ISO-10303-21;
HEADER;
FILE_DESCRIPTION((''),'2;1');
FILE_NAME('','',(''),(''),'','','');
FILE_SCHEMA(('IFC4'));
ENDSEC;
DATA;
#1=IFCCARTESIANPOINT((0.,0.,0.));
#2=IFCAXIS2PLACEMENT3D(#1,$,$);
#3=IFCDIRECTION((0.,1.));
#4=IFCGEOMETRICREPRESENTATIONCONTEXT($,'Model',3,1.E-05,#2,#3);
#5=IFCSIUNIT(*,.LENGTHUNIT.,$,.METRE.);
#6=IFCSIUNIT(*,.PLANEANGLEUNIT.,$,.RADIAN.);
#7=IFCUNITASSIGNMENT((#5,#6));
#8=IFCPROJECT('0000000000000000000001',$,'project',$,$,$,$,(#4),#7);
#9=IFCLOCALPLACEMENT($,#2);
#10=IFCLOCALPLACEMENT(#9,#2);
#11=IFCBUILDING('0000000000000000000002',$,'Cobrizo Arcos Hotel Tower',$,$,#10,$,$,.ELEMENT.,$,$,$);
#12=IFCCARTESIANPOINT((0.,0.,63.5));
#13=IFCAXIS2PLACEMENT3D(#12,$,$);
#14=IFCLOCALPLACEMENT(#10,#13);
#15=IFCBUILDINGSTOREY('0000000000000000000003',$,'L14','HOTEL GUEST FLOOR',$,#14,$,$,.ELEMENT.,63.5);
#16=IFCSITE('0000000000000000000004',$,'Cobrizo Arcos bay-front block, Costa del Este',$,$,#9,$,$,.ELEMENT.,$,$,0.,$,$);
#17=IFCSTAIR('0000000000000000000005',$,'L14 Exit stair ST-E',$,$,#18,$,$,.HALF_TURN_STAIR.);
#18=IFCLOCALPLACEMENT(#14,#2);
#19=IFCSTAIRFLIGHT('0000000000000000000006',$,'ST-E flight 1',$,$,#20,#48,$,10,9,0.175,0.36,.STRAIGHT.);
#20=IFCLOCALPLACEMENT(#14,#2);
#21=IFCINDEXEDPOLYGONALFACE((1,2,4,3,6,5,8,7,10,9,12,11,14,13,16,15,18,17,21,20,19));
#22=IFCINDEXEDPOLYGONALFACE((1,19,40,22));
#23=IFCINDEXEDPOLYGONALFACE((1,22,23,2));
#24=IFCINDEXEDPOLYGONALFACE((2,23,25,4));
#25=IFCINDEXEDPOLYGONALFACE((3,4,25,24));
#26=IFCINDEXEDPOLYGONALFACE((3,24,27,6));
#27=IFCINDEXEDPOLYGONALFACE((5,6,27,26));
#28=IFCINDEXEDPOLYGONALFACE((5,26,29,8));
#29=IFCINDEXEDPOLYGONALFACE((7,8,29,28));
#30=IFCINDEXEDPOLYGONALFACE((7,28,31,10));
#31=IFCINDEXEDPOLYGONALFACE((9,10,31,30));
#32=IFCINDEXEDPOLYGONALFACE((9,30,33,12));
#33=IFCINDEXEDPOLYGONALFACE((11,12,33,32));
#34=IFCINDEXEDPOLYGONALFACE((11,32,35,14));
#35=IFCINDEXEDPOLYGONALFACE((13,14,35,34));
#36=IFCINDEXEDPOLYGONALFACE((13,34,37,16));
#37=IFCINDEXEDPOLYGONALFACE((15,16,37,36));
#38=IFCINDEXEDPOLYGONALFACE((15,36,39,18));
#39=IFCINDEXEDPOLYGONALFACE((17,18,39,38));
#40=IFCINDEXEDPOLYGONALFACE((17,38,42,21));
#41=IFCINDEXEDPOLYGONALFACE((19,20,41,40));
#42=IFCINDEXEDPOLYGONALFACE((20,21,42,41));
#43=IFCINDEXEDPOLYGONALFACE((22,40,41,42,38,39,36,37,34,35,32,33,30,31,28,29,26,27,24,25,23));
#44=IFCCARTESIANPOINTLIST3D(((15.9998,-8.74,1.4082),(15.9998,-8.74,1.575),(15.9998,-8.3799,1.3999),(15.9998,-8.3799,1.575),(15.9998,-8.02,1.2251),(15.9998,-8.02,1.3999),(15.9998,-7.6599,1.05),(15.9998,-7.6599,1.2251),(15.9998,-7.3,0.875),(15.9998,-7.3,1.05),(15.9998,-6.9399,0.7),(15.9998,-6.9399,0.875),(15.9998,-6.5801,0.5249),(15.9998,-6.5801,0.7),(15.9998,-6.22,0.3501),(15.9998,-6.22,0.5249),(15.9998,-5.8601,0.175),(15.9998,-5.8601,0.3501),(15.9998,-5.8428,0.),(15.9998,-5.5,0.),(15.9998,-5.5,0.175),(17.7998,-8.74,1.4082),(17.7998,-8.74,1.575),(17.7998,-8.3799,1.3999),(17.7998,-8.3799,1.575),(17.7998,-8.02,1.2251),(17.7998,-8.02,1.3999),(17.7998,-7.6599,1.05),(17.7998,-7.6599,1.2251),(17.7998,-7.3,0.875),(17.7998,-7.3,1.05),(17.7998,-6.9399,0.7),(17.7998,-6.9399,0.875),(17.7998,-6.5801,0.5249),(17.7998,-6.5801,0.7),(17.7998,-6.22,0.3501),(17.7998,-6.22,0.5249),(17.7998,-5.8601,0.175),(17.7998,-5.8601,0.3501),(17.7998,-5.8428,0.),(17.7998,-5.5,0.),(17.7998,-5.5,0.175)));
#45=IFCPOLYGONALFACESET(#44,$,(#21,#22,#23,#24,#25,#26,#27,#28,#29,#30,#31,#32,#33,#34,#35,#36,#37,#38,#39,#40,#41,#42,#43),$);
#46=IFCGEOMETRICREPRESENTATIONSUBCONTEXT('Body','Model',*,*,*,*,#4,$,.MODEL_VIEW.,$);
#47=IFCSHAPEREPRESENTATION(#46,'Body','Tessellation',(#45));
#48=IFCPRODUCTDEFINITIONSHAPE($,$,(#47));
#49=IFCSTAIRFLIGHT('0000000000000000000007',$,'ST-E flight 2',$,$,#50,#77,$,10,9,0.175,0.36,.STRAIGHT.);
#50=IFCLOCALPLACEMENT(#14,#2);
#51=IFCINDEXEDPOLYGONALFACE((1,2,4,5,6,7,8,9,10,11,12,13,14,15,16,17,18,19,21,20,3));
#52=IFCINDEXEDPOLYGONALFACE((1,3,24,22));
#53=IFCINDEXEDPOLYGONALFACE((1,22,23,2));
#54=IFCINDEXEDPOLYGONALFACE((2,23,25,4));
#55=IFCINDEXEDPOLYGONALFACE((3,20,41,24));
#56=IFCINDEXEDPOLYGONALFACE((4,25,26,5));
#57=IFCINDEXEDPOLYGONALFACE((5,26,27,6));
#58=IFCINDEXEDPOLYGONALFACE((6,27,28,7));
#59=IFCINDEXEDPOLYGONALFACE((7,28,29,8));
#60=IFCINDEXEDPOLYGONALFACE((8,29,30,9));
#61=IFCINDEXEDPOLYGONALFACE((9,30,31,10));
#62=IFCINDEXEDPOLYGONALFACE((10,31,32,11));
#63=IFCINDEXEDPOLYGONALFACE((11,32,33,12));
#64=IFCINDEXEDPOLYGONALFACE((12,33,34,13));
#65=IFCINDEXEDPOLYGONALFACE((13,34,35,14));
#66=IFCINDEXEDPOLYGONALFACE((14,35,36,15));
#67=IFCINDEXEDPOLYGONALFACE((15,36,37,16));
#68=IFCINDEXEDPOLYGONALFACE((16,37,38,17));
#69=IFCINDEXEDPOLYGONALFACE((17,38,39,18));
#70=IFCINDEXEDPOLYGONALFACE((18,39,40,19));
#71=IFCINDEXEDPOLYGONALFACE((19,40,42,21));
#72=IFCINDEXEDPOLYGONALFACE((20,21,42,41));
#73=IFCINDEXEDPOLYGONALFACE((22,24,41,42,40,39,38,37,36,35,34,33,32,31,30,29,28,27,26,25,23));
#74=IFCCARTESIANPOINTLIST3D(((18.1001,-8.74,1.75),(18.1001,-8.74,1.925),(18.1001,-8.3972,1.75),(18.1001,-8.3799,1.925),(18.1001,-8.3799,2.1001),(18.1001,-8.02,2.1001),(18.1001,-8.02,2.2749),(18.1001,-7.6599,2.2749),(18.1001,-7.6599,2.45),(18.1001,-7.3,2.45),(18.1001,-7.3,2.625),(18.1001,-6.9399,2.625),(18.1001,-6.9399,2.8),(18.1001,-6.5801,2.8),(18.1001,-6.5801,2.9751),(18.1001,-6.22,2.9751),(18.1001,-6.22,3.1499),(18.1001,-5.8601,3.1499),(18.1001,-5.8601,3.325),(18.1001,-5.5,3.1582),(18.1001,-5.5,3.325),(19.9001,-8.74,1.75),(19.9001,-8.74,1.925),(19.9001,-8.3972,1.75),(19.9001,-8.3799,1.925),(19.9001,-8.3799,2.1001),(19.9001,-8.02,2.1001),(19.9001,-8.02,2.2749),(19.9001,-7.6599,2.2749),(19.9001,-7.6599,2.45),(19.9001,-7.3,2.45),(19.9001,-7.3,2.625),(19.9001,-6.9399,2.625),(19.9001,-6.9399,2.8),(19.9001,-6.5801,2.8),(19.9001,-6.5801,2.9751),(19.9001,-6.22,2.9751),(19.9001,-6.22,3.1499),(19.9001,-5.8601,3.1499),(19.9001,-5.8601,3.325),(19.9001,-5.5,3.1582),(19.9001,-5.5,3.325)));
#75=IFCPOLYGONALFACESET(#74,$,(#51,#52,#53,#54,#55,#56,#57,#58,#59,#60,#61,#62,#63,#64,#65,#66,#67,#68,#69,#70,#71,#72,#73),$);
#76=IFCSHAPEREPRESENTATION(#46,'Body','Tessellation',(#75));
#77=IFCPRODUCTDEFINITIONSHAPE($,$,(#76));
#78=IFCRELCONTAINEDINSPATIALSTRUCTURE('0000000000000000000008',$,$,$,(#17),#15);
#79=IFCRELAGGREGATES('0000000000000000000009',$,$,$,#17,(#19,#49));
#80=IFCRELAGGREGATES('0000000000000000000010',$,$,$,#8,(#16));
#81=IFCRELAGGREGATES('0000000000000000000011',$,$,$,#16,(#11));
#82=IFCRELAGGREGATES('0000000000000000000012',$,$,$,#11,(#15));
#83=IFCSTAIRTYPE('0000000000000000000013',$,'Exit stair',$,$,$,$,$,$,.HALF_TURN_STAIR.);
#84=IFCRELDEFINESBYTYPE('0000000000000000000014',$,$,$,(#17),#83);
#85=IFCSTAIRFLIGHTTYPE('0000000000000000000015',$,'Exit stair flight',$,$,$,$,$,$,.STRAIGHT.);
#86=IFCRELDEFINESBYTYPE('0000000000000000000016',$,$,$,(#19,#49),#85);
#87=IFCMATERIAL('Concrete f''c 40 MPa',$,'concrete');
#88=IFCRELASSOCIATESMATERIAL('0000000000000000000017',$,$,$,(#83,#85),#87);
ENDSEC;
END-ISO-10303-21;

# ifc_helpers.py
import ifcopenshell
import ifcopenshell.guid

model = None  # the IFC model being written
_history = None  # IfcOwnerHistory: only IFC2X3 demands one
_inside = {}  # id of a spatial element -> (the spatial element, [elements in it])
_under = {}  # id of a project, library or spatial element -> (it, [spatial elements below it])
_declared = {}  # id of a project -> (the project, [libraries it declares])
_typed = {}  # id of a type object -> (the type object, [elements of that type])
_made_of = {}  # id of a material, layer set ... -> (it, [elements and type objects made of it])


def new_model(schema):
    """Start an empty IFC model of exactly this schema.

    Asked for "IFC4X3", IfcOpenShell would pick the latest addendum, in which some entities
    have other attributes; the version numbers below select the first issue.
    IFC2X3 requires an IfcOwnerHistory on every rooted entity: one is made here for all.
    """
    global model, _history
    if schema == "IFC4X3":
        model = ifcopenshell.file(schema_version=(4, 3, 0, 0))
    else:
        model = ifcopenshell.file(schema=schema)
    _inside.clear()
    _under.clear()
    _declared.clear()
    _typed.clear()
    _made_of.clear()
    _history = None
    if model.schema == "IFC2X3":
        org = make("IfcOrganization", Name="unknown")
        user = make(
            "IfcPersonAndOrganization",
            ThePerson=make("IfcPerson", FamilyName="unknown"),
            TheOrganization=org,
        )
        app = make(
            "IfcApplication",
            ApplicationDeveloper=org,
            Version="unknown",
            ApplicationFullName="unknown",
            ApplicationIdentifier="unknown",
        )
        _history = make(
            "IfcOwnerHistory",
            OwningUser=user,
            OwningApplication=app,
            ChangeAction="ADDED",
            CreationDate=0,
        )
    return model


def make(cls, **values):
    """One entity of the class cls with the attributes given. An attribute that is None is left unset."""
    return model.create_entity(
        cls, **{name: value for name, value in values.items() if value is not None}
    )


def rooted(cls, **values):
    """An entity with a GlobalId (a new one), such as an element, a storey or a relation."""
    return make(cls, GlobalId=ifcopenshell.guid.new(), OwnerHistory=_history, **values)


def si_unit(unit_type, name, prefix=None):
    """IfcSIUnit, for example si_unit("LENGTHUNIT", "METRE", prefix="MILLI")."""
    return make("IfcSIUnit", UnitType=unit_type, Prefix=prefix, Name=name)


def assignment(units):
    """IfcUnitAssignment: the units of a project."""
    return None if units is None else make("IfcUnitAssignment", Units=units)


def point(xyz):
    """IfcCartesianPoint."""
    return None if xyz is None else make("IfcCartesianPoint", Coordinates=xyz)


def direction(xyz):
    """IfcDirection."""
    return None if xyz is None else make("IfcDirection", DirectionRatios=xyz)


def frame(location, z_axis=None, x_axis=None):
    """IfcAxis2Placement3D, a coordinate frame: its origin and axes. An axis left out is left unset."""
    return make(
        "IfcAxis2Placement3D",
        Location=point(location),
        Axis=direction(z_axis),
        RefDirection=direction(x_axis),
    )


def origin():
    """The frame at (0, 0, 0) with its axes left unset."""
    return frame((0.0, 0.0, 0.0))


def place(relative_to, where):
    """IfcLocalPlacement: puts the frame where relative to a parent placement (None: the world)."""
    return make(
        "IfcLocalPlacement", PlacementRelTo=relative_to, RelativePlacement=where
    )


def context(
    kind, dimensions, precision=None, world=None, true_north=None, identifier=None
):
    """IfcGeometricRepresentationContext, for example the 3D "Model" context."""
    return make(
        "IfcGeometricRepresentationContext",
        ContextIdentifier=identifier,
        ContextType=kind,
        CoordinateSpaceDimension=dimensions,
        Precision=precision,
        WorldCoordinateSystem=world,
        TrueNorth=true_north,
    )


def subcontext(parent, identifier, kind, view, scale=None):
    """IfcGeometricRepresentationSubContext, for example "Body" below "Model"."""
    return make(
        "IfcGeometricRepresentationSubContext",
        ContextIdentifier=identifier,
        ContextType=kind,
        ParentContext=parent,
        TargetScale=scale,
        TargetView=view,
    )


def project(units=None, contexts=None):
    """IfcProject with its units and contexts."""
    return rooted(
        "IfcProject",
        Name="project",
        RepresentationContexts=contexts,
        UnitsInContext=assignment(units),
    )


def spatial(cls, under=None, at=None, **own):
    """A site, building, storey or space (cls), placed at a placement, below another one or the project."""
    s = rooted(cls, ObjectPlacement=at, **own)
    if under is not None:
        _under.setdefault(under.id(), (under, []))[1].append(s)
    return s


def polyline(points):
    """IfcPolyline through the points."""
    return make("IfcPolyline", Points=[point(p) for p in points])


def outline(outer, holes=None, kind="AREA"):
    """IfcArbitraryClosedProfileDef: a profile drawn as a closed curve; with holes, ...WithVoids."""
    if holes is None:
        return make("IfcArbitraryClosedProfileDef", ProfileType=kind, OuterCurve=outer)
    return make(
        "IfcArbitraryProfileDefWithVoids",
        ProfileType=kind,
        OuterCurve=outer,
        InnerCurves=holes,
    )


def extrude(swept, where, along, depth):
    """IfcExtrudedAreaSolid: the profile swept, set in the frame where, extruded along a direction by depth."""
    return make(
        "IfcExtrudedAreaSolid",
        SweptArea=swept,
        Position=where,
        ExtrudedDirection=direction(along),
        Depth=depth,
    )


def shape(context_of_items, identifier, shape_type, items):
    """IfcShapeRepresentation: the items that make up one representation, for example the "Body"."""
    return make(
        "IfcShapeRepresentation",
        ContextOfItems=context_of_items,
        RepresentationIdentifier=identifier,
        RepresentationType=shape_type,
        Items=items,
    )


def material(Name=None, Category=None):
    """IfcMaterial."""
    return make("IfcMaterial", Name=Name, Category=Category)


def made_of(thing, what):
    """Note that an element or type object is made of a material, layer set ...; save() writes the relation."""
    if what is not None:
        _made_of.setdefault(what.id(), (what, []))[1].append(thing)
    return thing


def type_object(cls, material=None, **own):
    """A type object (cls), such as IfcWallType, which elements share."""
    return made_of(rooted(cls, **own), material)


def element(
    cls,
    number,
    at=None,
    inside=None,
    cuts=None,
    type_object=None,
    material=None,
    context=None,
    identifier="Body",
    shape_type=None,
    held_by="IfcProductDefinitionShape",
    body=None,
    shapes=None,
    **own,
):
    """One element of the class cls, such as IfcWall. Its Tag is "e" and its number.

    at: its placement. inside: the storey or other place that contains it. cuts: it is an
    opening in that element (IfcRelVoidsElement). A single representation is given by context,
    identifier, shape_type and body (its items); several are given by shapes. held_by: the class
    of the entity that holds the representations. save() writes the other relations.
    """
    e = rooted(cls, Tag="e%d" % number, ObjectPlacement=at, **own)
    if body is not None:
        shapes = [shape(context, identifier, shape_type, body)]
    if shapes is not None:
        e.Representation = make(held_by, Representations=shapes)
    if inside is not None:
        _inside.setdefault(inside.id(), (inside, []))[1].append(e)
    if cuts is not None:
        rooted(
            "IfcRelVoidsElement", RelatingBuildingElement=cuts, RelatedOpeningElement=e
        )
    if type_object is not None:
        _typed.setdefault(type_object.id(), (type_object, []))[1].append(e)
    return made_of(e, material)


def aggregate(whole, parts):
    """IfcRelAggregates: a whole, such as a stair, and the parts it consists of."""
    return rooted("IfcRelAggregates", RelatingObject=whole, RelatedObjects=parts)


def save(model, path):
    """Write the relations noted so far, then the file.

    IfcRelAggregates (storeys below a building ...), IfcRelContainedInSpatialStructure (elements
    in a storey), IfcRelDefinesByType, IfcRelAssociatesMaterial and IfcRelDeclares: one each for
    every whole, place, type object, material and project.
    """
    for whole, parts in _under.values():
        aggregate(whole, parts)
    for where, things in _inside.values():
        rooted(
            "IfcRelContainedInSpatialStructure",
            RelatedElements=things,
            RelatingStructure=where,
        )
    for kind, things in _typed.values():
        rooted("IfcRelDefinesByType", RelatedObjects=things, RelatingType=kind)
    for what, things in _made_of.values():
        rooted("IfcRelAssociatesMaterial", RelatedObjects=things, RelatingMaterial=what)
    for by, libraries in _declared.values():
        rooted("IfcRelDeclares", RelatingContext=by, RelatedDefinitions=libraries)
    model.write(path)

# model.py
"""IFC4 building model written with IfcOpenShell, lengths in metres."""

from ifc_helpers import new_model, si_unit, direction, frame, origin, place, context, subcontext, project, spatial, polyline, outline, extrude, material, type_object, element, aggregate, save


model = new_model("IFC4")

# Units and contexts
model_context = context("Model", 3, precision=1e-05, world=origin(), true_north=direction((0.0, 1.0)))
body_context = subcontext(model_context, "Body", "Model", "MODEL_VIEW")
ifc_project = project(units=[si_unit("LENGTHUNIT", "METRE"), si_unit("PLANEANGLEUNIT", "RADIAN")], contexts=[model_context])

# Site, building, storey
site_placement = place(None, origin())
site = spatial("IfcSite", under=ifc_project, at=site_placement, Name="Cobrizo Arcos bay-front block, Costa del Este", CompositionType="ELEMENT", RefElevation=0.0)
building_placement = place(site_placement, origin())
building = spatial("IfcBuilding", under=site, at=building_placement, Name="Cobrizo Arcos Hotel Tower", CompositionType="ELEMENT")
storey_placement = place(building_placement, frame((0.0, 0.0, 63.5)))
storey = spatial("IfcBuildingStorey", under=building, at=storey_placement, Name="L14", Description="HOTEL GUEST FLOOR", CompositionType="ELEMENT", Elevation=63.5)

# Shared definitions
ifc_material_1 = material(Name="Concrete f'c 40 MPa", Category="concrete")

# Stair, stair flights
stair_type = type_object("IfcStairType", Name="Exit stair", PredefinedType="HALF_TURN_STAIR", material=ifc_material_1)
stair_placement = place(storey_placement, origin())
stair = element("IfcStair", 1, at=stair_placement, inside=storey, type_object=stair_type, Name="L14 Exit stair ST-E", PredefinedType="HALF_TURN_STAIR")
stair_flight_type = type_object("IfcStairFlightType", Name="Exit stair flight", PredefinedType="STRAIGHT", material=ifc_material_1)
stair_flight_1_placement = place(storey_placement, frame((16.8999, -5.5, 0.0), z_axis=(0.0, 0.0, 1.0), x_axis=(0.0, -1.0, 0.0)))
stair_flight_1 = element("IfcStairFlight", 2, at=stair_flight_1_placement, type_object=stair_flight_type, Name="ST-E flight 1", NumberOfRisers=10, NumberOfTreads=9, PredefinedType="STRAIGHT", RiserHeight=0.175, TreadLength=0.36, context=body_context, shape_type="SweptSolid", body=[
    extrude(outline(polyline([(0.0, 0.0), (0.0, 0.175), (0.3601, 0.175), (0.3601, 0.3501), (0.72, 0.3501), (0.72, 0.5249), (1.0801, 0.5249), (1.0801, 0.7), (1.4399, 0.7), (1.4399, 0.875), (1.8, 0.875), (1.8, 1.05), (2.1599, 1.05), (2.1599, 1.2251), (2.52, 1.2251), (2.52, 1.3999), (2.8799, 1.3999), (2.8799, 1.575), (3.24, 1.575), (3.24, 1.75), (3.24, 1.4082), (0.3428, 0.0), (0.0, 0.0)])), frame((0.0, 0.8999, 0.0), z_axis=(0.0, -1.0, 0.0), x_axis=(1.0, 0.0, 0.0)), (0.0, 0.0, 1.0), 1.8),
])
stair_flight_2_placement = place(storey_placement, frame((19.0, -8.74, 1.75), z_axis=(0.0, 0.0, 1.0), x_axis=(0.0, 1.0, 0.0)))
stair_flight_2 = element("IfcStairFlight", 3, at=stair_flight_2_placement, type_object=stair_flight_type, Name="ST-E flight 2", NumberOfRisers=10, NumberOfTreads=9, PredefinedType="STRAIGHT", RiserHeight=0.175, TreadLength=0.36, context=body_context, shape_type="SweptSolid", body=[
    extrude(outline(polyline([(0.0, 0.0), (0.0, 0.175), (0.3601, 0.175), (0.3601, 0.3501), (0.72, 0.3501), (0.72, 0.5249), (1.0801, 0.5249), (1.0801, 0.7), (1.4399, 0.7), (1.4399, 0.875), (1.8, 0.875), (1.8, 1.05), (2.1599, 1.05), (2.1599, 1.2251), (2.52, 1.2251), (2.52, 1.3999), (2.8799, 1.3999), (2.8799, 1.575), (3.24, 1.575), (3.24, 1.75), (3.24, 1.4082), (0.3428, 0.0), (0.0, 0.0)])), frame((0.0, 0.8999, 0.0), z_axis=(0.0, -1.0, 0.0), x_axis=(1.0, 0.0, 0.0)), (0.0, 0.0, 1.0), 1.8),
])
aggregate(stair, [stair_flight_1, stair_flight_2])

save(model, "model.ifc")
